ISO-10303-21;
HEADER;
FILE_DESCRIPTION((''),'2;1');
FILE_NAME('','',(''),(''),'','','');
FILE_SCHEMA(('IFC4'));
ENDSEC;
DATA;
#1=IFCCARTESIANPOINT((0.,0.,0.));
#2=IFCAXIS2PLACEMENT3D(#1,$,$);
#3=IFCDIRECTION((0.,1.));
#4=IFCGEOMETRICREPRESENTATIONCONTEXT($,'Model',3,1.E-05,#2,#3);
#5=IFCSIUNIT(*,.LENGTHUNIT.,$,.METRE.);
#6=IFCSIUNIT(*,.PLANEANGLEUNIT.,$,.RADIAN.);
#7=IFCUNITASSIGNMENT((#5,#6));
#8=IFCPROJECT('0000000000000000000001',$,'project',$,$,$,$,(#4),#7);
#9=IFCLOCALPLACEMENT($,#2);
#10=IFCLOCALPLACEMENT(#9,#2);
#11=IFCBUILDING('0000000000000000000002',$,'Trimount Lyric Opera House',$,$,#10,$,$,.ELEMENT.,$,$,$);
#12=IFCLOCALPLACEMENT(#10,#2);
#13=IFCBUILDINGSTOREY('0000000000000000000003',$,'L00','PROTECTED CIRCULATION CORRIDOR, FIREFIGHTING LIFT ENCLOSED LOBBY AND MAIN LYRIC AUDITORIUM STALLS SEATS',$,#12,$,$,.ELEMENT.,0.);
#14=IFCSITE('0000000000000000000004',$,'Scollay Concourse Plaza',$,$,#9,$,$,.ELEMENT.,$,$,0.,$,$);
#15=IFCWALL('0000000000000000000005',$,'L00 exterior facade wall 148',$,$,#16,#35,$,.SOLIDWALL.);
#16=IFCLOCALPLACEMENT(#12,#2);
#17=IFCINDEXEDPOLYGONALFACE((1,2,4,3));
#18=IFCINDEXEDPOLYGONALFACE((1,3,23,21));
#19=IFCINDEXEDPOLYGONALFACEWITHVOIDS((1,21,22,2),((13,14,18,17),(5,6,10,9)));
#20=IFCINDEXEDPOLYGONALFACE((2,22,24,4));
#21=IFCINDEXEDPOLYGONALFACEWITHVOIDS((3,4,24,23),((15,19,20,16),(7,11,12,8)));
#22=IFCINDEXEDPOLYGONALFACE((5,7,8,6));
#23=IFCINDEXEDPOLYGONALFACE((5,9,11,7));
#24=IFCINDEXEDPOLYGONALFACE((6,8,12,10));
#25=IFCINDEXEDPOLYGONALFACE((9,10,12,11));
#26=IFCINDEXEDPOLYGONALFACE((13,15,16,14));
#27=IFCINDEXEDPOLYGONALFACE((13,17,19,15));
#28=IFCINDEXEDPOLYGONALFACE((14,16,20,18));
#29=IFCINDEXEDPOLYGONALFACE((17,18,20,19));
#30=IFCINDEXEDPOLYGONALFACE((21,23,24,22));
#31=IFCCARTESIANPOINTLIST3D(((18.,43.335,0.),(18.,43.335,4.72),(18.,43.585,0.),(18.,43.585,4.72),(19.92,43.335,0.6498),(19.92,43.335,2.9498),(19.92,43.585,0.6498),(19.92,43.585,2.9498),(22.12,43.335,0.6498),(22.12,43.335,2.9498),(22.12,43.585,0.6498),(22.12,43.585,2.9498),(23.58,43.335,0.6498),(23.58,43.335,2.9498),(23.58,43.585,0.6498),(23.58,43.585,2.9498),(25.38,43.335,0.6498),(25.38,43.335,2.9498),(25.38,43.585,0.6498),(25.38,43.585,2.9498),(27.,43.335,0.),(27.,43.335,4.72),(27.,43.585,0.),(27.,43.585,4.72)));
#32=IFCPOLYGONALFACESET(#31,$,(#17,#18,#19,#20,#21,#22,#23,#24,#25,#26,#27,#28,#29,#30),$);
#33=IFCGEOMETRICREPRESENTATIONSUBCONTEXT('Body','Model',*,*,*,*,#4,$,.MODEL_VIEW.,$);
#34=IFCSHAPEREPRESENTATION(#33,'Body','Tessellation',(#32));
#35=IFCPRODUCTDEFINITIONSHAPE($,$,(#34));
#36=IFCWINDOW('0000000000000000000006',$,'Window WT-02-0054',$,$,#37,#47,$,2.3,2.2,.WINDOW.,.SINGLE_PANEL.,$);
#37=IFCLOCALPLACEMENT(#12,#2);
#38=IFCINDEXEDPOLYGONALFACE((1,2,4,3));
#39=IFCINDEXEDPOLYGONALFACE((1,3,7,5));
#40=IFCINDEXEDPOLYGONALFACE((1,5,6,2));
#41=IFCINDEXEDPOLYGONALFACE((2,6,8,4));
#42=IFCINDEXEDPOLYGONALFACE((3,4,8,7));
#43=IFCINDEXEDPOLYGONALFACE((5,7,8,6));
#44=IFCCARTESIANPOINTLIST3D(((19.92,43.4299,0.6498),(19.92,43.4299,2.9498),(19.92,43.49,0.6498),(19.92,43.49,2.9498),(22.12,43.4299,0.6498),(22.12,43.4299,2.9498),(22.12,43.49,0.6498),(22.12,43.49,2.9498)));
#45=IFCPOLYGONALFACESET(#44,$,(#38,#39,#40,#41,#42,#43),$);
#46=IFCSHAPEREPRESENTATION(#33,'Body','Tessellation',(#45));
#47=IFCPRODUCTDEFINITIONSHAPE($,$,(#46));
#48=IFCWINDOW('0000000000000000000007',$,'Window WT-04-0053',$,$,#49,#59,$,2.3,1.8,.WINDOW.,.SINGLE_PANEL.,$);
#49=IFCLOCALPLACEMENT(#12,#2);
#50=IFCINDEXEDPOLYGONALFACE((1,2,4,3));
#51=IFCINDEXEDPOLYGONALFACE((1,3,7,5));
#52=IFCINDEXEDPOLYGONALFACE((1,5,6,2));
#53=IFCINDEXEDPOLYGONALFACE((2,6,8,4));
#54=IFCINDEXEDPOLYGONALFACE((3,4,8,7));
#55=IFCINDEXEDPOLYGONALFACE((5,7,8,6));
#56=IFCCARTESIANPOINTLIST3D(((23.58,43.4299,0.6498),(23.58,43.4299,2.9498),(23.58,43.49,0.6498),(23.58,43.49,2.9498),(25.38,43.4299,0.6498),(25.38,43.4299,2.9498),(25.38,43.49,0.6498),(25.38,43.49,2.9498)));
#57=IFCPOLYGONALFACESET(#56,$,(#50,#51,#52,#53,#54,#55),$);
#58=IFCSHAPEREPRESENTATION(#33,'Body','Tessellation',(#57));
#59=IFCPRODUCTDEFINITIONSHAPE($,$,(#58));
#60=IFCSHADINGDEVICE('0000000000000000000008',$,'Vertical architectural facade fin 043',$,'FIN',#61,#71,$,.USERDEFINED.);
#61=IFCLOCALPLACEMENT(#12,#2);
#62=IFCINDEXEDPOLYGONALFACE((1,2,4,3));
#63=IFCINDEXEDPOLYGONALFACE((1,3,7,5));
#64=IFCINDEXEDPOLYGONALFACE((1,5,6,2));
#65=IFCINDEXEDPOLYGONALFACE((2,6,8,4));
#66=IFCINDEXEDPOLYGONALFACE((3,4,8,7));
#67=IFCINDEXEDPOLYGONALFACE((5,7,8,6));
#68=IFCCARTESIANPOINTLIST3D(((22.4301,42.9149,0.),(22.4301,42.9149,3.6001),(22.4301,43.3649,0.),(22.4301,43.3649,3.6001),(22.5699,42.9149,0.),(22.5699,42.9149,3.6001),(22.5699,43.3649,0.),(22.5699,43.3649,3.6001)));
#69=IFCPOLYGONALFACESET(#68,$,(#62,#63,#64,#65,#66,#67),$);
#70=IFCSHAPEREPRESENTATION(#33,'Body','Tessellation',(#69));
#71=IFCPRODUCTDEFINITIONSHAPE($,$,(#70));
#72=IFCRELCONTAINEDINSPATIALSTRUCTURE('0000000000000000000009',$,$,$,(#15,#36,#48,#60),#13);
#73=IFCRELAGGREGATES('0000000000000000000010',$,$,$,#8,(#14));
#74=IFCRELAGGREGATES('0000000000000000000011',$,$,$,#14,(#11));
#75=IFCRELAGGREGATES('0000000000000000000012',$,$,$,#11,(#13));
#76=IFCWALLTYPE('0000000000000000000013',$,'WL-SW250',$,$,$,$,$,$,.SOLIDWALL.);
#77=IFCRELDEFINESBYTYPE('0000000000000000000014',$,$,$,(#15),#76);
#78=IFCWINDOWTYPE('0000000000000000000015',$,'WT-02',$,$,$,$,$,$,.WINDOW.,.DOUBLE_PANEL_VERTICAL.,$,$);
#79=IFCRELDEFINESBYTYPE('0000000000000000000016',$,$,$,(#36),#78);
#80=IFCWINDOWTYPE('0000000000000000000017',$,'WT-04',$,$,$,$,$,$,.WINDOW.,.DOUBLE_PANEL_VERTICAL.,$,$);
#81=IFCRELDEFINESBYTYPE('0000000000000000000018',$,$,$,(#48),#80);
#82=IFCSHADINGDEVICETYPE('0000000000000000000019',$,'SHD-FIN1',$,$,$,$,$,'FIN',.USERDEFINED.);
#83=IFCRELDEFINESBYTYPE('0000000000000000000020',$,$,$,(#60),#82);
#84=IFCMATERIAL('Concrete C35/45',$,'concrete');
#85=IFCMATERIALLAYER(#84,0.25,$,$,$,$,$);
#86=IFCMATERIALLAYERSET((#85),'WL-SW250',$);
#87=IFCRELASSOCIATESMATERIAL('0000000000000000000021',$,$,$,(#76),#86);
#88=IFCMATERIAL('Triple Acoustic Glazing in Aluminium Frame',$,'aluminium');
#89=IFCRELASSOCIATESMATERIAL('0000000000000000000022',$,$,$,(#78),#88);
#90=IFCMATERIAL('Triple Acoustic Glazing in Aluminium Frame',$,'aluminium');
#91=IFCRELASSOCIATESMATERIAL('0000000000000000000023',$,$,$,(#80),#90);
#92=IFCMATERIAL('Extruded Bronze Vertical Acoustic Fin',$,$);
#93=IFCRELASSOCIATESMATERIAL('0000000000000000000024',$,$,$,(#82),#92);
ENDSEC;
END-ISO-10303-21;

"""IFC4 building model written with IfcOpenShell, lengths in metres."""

from ifc_helpers import new_model, si_unit, direction, frame, frame_2d, origin, origin_2d, place, context, subcontext, project, spatial, rectangle, extrude, material, layer, layer_set, type_object, element, fill, save


model = new_model("IFC4")

# Units and contexts
model_context = context("Model", 3, precision=1e-05, world=origin(), true_north=direction((0.0, 1.0)))
body_context = subcontext(model_context, "Body", "Model", "MODEL_VIEW")
ifc_project = project(units=[si_unit("LENGTHUNIT", "METRE"), si_unit("PLANEANGLEUNIT", "RADIAN")], contexts=[model_context])

# Site, building, storey
site_placement = place(None, origin())
site = spatial("IfcSite", under=ifc_project, at=site_placement, Name="Scollay Concourse Plaza", CompositionType="ELEMENT", RefElevation=0.0)
building_placement = place(site_placement, origin())
building = spatial("IfcBuilding", under=site, at=building_placement, Name="Trimount Lyric Opera House", CompositionType="ELEMENT")
storey_placement = place(building_placement, origin())
storey = spatial("IfcBuildingStorey", under=building, at=storey_placement, Name="L00", Description="PROTECTED CIRCULATION CORRIDOR, FIREFIGHTING LIFT ENCLOSED LOBBY AND MAIN LYRIC AUDITORIUM STALLS SEATS", CompositionType="ELEMENT", Elevation=0.0)

# Wall, openings, windows
ifc_material_1 = material(Name="Concrete C35/45", Category="concrete")
ifc_layer_1 = layer(ifc_material_1, 0.25)
ifc_layer_set_1 = layer_set([ifc_layer_1], Name="WL-SW250")
wall_type_1 = type_object("IfcWallType", Name="WL-SW250", PredefinedType="SOLIDWALL", material=ifc_layer_set_1)
wall_1_placement = place(storey_placement, frame((27.0, 43.46, 0.0), z_axis=(0.0, 0.0, 1.0), x_axis=(-1.0, 0.0, 0.0)))
wall_1 = element("IfcWall", 1, at=wall_1_placement, inside=storey, type_object=wall_type_1, Name="L00 exterior facade wall 148", PredefinedType="SOLIDWALL", context=body_context, shape_type="SweptSolid", body=[
    extrude(rectangle(XDim=9.0, YDim=0.25, at=frame_2d((4.5, 0.0))), origin(), (0.0, 0.0, 1.0), 4.72),
])
opening_1_placement = place(wall_1_placement, frame((1.6201, 0.0, 0.6499)))
opening_1 = element("IfcOpeningElement", 2, at=opening_1_placement, cuts=wall_1, PredefinedType="OPENING", context=body_context, shape_type="SweptSolid", body=[
    extrude(rectangle(XDim=1.8, YDim=2.3, at=frame_2d((0.8999, 1.1499))), frame((0.0, 0.135, 0.0), z_axis=(0.0, -1.0, 0.0), x_axis=(1.0, 0.0, 0.0)), (0.0, 0.0, 1.0), 0.27),
])
opening_2_placement = place(wall_1_placement, frame((4.8799, 0.0, 0.6499)))
opening_2 = element("IfcOpeningElement", 3, at=opening_2_placement, cuts=wall_1, PredefinedType="OPENING", context=body_context, shape_type="SweptSolid", body=[
    extrude(rectangle(XDim=2.2, YDim=2.3, at=frame_2d((1.1001, 1.1499))), frame((0.0, 0.135, 0.0), z_axis=(0.0, -1.0, 0.0), x_axis=(1.0, 0.0, 0.0)), (0.0, 0.0, 1.0), 0.27),
])
ifc_material_2 = material(Name="Triple Acoustic Glazing in Aluminium Frame", Category="aluminium")
window_type_1 = type_object("IfcWindowType", Name="WT-02", PartitioningType="DOUBLE_PANEL_VERTICAL", PredefinedType="WINDOW", material=ifc_material_2)
window_1_placement = place(opening_2_placement, origin())
window_1 = element("IfcWindow", 4, at=window_1_placement, inside=storey, type_object=window_type_1, Name="Window WT-02-0054", OverallHeight=2.3, OverallWidth=2.2, PartitioningType="SINGLE_PANEL", PredefinedType="WINDOW", context=body_context, shape_type="SweptSolid", body=[
    extrude(rectangle(XDim=2.2, YDim=2.3, at=frame_2d((1.1001, 1.1499))), frame((0.0, 0.03, 0.0), z_axis=(0.0, -1.0, 0.0), x_axis=(1.0, 0.0, 0.0)), (0.0, 0.0, 1.0), 0.0601),
])
fill(opening_2, window_1)
ifc_material_3 = material(Name="Triple Acoustic Glazing in Aluminium Frame", Category="aluminium")
window_type_2 = type_object("IfcWindowType", Name="WT-04", PartitioningType="DOUBLE_PANEL_VERTICAL", PredefinedType="WINDOW", material=ifc_material_3)
window_2_placement = place(opening_1_placement, origin())
window_2 = element("IfcWindow", 5, at=window_2_placement, inside=storey, type_object=window_type_2, Name="Window WT-04-0053", OverallHeight=2.3, OverallWidth=1.8, PartitioningType="SINGLE_PANEL", PredefinedType="WINDOW", context=body_context, shape_type="SweptSolid", body=[
    extrude(rectangle(XDim=1.8, YDim=2.3, at=frame_2d((0.8999, 1.1499))), frame((0.0, 0.03, 0.0), z_axis=(0.0, -1.0, 0.0), x_axis=(1.0, 0.0, 0.0)), (0.0, 0.0, 1.0), 0.0601),
])
fill(opening_1, window_2)

# Shading device
ifc_material_4 = material(Name="Extruded Bronze Vertical Acoustic Fin")
shading_device_type = type_object("IfcShadingDeviceType", Name="SHD-FIN1", ElementType="FIN", PredefinedType="USERDEFINED", material=ifc_material_4)
shading_device_placement = place(storey_placement, frame((22.5, 43.1399, 0.0), z_axis=(0.0, 0.0, 1.0), x_axis=(1.0, 0.0, 0.0)))
element("IfcShadingDevice", 6, at=shading_device_placement, inside=storey, type_object=shading_device_type, Name="Vertical architectural facade fin 043", ObjectType="FIN", PredefinedType="USERDEFINED", context=body_context, shape_type="SweptSolid", body=[
    extrude(rectangle(XDim=0.1399, YDim=0.45, at=origin_2d()), origin(), (0.0, 0.0, 1.0), 3.6001),
])

save(model, "model.ifc")
